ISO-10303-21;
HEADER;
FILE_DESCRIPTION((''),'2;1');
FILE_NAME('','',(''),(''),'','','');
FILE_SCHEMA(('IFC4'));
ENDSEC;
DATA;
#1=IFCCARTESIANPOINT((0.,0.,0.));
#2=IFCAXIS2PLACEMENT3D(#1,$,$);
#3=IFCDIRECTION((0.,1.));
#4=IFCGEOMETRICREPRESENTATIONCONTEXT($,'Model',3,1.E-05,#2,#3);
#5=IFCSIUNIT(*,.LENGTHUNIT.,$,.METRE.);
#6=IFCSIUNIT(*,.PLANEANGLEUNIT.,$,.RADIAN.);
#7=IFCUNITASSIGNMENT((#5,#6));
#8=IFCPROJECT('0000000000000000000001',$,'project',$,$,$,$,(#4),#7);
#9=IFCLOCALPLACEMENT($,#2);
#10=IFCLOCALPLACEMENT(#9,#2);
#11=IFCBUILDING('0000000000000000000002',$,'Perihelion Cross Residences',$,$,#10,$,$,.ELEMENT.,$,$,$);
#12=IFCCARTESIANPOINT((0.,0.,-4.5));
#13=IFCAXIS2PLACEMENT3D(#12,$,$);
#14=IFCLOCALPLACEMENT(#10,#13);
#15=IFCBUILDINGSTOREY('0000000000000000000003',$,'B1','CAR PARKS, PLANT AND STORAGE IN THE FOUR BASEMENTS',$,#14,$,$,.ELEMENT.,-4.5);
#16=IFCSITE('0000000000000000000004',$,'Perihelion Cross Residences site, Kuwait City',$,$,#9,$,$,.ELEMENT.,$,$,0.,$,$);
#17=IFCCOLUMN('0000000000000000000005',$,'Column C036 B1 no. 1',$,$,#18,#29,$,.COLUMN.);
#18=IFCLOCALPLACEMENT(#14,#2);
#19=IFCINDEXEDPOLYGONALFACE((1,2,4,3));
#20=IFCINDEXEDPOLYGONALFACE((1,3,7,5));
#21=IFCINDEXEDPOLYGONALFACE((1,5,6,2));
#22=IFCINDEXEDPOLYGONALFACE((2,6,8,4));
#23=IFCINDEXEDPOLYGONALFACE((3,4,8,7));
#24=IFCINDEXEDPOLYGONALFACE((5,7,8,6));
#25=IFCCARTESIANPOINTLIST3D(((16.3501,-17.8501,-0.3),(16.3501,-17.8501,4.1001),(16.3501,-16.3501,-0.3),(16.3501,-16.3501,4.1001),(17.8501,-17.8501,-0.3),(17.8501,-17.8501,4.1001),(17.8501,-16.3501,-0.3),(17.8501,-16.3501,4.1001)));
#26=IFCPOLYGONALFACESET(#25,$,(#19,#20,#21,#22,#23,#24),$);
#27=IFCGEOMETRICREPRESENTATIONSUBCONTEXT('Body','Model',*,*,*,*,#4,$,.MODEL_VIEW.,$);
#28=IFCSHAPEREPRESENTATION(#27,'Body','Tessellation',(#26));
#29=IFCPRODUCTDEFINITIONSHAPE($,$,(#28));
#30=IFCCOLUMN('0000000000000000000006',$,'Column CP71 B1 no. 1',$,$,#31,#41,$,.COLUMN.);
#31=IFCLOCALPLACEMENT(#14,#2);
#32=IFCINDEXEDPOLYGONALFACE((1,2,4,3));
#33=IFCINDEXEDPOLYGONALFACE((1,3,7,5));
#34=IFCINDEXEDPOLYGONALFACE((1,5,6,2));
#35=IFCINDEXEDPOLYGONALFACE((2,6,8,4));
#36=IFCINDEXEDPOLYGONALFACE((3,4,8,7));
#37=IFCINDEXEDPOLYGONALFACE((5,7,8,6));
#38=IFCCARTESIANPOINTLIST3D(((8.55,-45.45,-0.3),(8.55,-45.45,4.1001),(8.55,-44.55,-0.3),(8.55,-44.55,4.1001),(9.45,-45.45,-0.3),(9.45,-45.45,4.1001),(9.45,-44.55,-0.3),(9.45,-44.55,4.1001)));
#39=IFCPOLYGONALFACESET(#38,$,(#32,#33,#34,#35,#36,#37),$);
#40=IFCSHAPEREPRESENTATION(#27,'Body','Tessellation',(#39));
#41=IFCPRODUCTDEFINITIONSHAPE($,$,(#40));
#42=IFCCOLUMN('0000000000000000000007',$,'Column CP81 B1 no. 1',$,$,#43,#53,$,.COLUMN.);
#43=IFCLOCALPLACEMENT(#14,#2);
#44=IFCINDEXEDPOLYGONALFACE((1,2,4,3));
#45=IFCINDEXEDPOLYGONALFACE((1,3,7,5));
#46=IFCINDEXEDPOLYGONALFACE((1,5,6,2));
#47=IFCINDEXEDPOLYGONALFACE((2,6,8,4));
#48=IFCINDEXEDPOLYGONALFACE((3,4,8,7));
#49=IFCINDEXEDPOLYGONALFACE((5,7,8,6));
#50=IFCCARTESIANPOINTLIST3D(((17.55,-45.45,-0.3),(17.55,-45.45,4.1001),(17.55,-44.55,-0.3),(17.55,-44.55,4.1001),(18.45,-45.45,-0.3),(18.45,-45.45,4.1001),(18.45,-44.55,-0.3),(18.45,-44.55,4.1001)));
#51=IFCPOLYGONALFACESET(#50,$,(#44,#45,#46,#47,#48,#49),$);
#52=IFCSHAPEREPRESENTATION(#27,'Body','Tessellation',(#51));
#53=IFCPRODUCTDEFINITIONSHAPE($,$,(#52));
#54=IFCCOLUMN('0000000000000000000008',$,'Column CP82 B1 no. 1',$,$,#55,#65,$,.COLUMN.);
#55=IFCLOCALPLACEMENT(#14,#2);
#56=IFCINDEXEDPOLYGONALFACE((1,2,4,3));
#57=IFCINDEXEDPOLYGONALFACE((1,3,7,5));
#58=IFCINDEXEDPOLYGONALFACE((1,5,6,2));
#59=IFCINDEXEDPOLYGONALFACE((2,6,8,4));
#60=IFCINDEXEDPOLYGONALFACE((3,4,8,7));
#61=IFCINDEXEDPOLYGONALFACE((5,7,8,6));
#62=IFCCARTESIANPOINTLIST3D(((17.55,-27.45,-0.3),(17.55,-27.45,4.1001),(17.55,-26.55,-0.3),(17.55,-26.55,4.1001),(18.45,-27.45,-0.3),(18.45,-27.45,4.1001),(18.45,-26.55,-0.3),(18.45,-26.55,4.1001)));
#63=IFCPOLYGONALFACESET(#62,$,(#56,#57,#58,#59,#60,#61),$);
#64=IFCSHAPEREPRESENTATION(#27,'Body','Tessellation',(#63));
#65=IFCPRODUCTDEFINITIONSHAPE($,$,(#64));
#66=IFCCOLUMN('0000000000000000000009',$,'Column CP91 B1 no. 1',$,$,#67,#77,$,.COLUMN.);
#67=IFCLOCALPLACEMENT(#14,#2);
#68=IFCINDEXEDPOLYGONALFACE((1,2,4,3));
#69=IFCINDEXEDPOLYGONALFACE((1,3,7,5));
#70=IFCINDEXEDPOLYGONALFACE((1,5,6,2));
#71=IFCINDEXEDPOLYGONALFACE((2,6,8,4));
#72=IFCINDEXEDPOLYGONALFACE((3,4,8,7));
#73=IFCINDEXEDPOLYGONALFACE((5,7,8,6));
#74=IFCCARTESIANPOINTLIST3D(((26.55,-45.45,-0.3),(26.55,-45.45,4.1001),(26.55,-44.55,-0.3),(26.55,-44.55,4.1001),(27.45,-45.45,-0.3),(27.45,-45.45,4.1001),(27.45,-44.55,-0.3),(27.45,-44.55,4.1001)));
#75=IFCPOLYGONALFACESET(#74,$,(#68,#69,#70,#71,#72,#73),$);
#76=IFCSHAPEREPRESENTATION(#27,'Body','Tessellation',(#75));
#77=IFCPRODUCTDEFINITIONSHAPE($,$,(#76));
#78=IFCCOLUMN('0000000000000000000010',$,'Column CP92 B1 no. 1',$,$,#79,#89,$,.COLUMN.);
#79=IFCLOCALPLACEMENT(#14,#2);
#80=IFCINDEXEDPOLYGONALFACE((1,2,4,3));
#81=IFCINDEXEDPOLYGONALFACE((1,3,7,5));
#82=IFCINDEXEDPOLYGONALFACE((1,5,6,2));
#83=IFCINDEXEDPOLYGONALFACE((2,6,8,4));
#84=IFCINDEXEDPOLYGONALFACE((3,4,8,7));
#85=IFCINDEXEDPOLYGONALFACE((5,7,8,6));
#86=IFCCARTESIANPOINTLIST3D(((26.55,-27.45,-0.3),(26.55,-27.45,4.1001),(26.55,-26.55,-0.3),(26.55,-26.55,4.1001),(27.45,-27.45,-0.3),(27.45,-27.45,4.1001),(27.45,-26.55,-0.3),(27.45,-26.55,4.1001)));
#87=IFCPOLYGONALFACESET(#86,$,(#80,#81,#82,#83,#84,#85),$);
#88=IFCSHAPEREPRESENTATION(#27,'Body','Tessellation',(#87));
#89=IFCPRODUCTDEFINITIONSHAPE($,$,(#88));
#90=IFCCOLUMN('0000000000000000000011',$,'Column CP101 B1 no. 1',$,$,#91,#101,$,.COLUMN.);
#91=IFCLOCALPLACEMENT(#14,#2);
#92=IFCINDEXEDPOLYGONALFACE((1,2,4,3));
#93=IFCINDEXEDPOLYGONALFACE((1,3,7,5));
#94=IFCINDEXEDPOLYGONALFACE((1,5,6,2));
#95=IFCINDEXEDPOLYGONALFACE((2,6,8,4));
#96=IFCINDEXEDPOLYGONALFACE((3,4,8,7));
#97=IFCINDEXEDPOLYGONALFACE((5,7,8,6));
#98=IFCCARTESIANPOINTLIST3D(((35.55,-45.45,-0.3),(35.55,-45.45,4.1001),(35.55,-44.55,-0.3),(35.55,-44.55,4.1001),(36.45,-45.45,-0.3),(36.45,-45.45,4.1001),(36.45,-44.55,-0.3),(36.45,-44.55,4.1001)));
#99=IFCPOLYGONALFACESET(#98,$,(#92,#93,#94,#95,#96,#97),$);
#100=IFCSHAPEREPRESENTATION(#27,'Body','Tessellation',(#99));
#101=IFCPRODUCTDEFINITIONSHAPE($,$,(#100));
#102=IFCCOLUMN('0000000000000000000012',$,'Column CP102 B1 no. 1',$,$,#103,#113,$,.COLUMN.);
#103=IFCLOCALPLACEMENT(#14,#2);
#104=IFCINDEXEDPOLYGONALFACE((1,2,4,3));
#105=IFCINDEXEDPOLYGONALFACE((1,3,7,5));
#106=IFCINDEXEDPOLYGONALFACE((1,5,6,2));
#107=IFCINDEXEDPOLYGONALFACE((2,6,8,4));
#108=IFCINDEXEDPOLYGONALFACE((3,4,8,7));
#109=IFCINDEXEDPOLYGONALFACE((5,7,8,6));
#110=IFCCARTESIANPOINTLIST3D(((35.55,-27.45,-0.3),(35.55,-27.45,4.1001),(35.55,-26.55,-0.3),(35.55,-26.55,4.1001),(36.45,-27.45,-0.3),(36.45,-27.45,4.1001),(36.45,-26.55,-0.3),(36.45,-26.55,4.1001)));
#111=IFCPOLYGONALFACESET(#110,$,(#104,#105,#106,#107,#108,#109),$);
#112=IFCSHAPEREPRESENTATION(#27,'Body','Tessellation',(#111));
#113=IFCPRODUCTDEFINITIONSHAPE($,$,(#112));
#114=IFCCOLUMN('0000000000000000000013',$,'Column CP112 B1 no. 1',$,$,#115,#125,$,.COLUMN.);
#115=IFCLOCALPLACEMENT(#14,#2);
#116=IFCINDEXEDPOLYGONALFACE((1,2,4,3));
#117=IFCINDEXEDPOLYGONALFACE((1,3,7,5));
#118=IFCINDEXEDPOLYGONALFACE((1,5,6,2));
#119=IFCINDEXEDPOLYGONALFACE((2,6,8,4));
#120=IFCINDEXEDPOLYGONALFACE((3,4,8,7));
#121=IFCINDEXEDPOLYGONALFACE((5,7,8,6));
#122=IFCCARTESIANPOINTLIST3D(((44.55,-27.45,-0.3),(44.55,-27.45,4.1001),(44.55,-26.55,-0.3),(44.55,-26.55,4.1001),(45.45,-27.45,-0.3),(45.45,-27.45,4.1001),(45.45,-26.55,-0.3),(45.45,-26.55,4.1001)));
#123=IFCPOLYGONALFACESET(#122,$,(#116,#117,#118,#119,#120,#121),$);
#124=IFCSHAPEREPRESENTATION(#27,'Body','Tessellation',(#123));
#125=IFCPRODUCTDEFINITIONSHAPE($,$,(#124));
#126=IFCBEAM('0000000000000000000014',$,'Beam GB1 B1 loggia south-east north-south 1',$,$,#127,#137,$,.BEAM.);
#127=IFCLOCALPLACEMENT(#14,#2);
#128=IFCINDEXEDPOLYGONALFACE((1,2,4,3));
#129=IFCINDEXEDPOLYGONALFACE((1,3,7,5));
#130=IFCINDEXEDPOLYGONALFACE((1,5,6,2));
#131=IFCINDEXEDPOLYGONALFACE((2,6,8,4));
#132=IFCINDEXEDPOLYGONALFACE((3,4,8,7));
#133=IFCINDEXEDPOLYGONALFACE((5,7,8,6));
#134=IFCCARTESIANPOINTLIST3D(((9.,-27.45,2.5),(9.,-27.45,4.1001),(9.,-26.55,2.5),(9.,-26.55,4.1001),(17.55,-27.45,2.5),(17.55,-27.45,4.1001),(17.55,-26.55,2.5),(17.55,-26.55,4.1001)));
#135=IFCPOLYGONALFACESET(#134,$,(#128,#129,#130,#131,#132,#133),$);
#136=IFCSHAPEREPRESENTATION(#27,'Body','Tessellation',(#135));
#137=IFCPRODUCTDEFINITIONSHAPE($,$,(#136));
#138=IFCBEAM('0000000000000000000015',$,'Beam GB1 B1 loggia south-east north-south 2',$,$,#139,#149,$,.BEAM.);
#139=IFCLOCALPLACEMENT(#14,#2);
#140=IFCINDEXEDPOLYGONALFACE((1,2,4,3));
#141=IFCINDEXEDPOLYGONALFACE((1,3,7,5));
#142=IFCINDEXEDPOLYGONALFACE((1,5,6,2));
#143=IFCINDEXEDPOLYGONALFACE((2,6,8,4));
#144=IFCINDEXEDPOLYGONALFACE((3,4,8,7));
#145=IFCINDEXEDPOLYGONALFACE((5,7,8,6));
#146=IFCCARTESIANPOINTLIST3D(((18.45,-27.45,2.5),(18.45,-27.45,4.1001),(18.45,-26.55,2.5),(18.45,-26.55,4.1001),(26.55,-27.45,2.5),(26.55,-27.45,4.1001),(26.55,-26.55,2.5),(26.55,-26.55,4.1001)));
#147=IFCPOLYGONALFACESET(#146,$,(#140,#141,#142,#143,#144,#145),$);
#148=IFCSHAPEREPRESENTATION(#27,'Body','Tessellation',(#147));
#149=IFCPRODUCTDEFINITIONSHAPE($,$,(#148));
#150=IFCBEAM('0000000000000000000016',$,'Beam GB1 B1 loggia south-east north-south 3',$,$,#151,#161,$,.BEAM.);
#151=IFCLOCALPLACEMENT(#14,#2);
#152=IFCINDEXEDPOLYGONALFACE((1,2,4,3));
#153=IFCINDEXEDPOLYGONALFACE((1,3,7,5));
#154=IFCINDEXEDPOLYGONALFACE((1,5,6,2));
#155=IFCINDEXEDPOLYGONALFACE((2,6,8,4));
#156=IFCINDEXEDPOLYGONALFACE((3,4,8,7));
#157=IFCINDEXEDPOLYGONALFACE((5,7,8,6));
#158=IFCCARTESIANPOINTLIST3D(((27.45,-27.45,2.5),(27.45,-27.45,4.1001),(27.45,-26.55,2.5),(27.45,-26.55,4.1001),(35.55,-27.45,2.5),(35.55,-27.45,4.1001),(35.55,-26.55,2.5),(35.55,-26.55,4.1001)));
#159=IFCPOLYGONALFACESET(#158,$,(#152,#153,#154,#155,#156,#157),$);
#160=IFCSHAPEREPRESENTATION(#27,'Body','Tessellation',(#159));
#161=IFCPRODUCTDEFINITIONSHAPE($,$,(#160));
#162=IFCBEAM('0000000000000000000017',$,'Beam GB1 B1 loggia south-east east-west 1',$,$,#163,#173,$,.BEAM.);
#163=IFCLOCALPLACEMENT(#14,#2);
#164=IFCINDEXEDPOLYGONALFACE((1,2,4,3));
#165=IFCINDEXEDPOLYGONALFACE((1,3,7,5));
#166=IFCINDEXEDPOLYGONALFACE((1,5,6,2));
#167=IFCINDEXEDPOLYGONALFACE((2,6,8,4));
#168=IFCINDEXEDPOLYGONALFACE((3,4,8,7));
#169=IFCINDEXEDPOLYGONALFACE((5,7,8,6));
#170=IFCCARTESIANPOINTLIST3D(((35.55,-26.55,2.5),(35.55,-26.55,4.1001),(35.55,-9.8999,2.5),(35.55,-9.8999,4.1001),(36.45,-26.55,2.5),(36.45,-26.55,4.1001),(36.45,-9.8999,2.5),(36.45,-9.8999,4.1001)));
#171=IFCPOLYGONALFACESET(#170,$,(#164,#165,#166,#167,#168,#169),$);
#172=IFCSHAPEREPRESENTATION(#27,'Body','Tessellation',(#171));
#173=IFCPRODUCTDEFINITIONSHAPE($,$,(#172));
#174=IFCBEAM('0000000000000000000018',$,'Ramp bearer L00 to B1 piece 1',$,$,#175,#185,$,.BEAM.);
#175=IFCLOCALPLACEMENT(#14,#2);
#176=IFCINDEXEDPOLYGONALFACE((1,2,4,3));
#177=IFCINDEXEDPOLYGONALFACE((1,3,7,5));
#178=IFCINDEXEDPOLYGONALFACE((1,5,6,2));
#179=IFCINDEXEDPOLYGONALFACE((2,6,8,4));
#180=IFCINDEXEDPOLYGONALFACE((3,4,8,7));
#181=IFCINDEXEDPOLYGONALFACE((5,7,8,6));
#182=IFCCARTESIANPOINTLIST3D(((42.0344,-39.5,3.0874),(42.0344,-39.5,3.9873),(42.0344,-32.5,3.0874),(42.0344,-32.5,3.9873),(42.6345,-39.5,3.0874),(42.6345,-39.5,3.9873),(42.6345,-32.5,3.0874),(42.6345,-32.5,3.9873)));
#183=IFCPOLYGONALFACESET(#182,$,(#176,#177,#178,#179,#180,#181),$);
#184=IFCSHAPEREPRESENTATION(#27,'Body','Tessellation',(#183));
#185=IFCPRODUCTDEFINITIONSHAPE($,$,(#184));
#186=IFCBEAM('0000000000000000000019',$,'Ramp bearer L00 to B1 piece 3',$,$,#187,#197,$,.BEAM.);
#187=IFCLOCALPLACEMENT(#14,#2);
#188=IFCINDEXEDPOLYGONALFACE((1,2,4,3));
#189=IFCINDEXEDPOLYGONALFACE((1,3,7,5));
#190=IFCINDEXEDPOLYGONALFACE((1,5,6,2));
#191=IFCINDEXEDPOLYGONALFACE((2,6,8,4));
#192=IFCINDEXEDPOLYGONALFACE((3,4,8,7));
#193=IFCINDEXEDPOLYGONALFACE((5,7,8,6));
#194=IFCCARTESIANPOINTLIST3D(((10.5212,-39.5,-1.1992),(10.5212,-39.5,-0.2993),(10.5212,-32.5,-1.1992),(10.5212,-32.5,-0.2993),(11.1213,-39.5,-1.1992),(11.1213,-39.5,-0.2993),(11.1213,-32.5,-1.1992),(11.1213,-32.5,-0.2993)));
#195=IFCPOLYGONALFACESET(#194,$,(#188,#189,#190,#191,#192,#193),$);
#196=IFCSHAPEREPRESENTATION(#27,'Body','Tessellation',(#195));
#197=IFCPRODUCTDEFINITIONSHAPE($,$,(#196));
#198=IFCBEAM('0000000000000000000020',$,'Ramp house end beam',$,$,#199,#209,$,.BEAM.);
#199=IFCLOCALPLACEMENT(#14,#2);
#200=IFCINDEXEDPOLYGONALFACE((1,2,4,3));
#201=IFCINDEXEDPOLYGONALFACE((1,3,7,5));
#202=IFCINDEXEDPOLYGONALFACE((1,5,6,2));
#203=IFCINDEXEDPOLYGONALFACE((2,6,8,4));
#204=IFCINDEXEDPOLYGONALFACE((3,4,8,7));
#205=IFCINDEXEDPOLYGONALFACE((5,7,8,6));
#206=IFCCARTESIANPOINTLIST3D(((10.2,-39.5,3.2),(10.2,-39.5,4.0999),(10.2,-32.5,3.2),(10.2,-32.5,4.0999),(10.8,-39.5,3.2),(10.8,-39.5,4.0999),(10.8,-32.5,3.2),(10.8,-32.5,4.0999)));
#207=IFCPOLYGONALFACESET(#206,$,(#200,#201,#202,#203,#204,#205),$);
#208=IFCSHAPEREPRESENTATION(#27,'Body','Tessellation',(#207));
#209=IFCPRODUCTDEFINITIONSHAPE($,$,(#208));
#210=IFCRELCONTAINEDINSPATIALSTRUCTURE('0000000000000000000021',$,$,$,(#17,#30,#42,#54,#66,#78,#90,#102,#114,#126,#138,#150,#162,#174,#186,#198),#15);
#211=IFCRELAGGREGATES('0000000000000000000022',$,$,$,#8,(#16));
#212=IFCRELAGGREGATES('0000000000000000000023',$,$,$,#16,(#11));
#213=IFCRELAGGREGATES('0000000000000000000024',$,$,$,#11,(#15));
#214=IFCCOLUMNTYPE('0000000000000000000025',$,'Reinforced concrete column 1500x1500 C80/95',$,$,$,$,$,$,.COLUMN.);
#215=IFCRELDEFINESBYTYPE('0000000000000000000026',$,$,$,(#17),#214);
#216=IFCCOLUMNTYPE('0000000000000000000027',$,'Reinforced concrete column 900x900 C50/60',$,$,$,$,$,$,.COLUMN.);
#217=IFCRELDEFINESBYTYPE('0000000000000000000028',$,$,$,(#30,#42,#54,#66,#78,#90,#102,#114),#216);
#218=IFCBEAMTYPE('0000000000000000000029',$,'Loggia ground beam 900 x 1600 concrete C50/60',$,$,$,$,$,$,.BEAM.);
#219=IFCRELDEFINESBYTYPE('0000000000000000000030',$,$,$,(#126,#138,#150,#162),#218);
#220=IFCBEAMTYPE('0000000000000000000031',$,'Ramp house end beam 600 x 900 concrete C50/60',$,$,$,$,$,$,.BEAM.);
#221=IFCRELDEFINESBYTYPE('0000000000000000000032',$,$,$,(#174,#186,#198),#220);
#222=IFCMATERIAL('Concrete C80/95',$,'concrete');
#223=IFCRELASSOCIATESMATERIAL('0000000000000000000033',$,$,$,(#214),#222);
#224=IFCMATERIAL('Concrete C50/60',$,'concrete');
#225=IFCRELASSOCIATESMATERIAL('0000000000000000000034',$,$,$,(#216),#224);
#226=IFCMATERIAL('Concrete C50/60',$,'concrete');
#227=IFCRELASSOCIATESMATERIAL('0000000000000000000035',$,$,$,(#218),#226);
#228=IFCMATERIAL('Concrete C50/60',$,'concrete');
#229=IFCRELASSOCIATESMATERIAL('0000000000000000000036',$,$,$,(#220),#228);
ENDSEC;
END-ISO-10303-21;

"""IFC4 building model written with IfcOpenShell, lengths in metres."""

from ifc_helpers import new_model, si_unit, direction, frame, origin, origin_2d, place, context, subcontext, project, spatial, rectangle, extrude, material, material_profile, profile_set, type_object, element, save


model = new_model("IFC4")

# Units and contexts
model_context = context("Model", 3, precision=1e-05, world=origin(), true_north=direction((0.0, 1.0)))
body_context = subcontext(model_context, "Body", "Model", "MODEL_VIEW")
ifc_project = project(units=[si_unit("LENGTHUNIT", "METRE"), si_unit("PLANEANGLEUNIT", "RADIAN")], contexts=[model_context])

# Site, building, storey
site_placement = place(None, origin())
site = spatial("IfcSite", under=ifc_project, at=site_placement, Name="Perihelion Cross Residences site, Kuwait City", CompositionType="ELEMENT", RefElevation=0.0)
building_placement = place(site_placement, origin())
building = spatial("IfcBuilding", under=site, at=building_placement, Name="Perihelion Cross Residences", CompositionType="ELEMENT")
storey_placement = place(building_placement, frame((0.0, 0.0, -4.5)))
storey = spatial("IfcBuildingStorey", under=building, at=storey_placement, Name="B1", Description="CAR PARKS, PLANT AND STORAGE IN THE FOUR BASEMENTS", CompositionType="ELEMENT", Elevation=-4.5)

# Columns
ifc_material_1 = material(Name="Concrete C80/95", Category="concrete")
ifc_material_profile_1 = material_profile(ifc_material_1, rectangle(XDim=1.5, YDim=1.5, at=origin_2d()), Name="RC 1500x1500")
ifc_profile_set_1 = profile_set([ifc_material_profile_1], Name="Concrete C80/95")
column_type_1 = type_object("IfcColumnType", Name="Reinforced concrete column 1500x1500 C80/95", PredefinedType="COLUMN", material=ifc_profile_set_1)
column_placement = place(storey_placement, frame((17.1001, -17.1001, -0.3), z_axis=(0.0, 0.0, 1.0), x_axis=(1.0, 0.0, 0.0)))
element("IfcColumn", 1, at=column_placement, inside=storey, type_object=column_type_1, Name="Column C036 B1 no. 1", PredefinedType="COLUMN", context=body_context, shape_type="SweptSolid", body=[
    extrude(rectangle(XDim=1.5, YDim=1.5, at=origin_2d()), origin(), (0.0, 0.0, 1.0), 4.4001),
])
ifc_material_2 = material(Name="Concrete C50/60", Category="concrete")
ifc_material_profile_2 = material_profile(ifc_material_2, rectangle(XDim=0.8999, YDim=0.8999, at=origin_2d()), Name="RC 900x900")
ifc_profile_set_2 = profile_set([ifc_material_profile_2], Name="Concrete C50/60")
column_type_2 = type_object("IfcColumnType", Name="Reinforced concrete column 900x900 C50/60", PredefinedType="COLUMN", material=ifc_profile_set_2)
for number, where, z_axis, x_axis, name in (
    (2, (9.0, -45.0, -0.3), (0.0, 0.0, 1.0), (1.0, 0.0, 0.0), "Column CP71 B1 no. 1"),
    (3, (18.0, -45.0, -0.3), (0.0, 0.0, 1.0), (1.0, 0.0, 0.0), "Column CP81 B1 no. 1"),
    (4, (18.0, -27.0, -0.3), (0.0, 0.0, 1.0), (1.0, 0.0, 0.0), "Column CP82 B1 no. 1"),
    (5, (27.0, -45.0, -0.3), (0.0, 0.0, 1.0), (1.0, 0.0, 0.0), "Column CP91 B1 no. 1"),
    (6, (27.0, -27.0, -0.3), (0.0, 0.0, 1.0), (1.0, 0.0, 0.0), "Column CP92 B1 no. 1"),
    (7, (36.0, -45.0, -0.3), (0.0, 0.0, 1.0), (1.0, 0.0, 0.0), "Column CP101 B1 no. 1"),
    (8, (36.0, -27.0, -0.3), (0.0, 0.0, 1.0), (1.0, 0.0, 0.0), "Column CP102 B1 no. 1"),
    (9, (45.0, -27.0, -0.3), (0.0, 0.0, 1.0), (1.0, 0.0, 0.0), "Column CP112 B1 no. 1"),
):
    element("IfcColumn", number, at=place(storey_placement, frame(where, z_axis=z_axis, x_axis=x_axis)), inside=storey, type_object=column_type_2, Name=name, PredefinedType="COLUMN", context=body_context, shape_type="SweptSolid", body=[
        extrude(rectangle(XDim=0.8999, YDim=0.8999, at=origin_2d()), origin(), (0.0, 0.0, 1.0), 4.4001),
    ])

# Beams
ifc_material_3 = material(Name="Concrete C50/60", Category="concrete")
ifc_material_profile_3 = material_profile(ifc_material_3, rectangle(XDim=0.8999, YDim=1.6001, at=origin_2d()), Name="RC 900x1600")
ifc_profile_set_3 = profile_set([ifc_material_profile_3], Name="Concrete C50/60")
beam_type_1 = type_object("IfcBeamType", Name="Loggia ground beam 900 x 1600 concrete C50/60", PredefinedType="BEAM", material=ifc_profile_set_3)
beam_1_placement = place(storey_placement, frame((9.0, -27.0, 3.3), z_axis=(1.0, 0.0, 0.0), x_axis=(0.0, 1.0, 0.0)))
element("IfcBeam", 10, at=beam_1_placement, inside=storey, type_object=beam_type_1, Name="Beam GB1 B1 loggia south-east north-south 1", PredefinedType="BEAM", context=body_context, shape_type="SweptSolid", body=[
    extrude(rectangle(XDim=0.8999, YDim=1.6001, at=origin_2d()), origin(), (0.0, 0.0, 1.0), 8.55),
])
for number, where, z_axis, x_axis, name in (
    (11, (18.45, -27.0, 3.3), (1.0, 0.0, 0.0), (0.0, 1.0, 0.0), "Beam GB1 B1 loggia south-east north-south 2"),
    (12, (27.45, -27.0, 3.3), (1.0, 0.0, 0.0), (0.0, 1.0, 0.0), "Beam GB1 B1 loggia south-east north-south 3"),
):
    element("IfcBeam", number, at=place(storey_placement, frame(where, z_axis=z_axis, x_axis=x_axis)), inside=storey, type_object=beam_type_1, Name=name, PredefinedType="BEAM", context=body_context, shape_type="SweptSolid", body=[
        extrude(rectangle(XDim=0.8999, YDim=1.6001, at=origin_2d()), origin(), (0.0, 0.0, 1.0), 8.1001),
    ])
beam_2_placement = place(storey_placement, frame((36.0, -9.8999, 3.3), z_axis=(0.0, -1.0, 0.0), x_axis=(1.0, 0.0, 0.0)))
element("IfcBeam", 13, at=beam_2_placement, inside=storey, type_object=beam_type_1, Name="Beam GB1 B1 loggia south-east east-west 1", PredefinedType="BEAM", context=body_context, shape_type="SweptSolid", body=[
    extrude(rectangle(XDim=0.8999, YDim=1.6001, at=origin_2d()), origin(), (0.0, 0.0, 1.0), 16.6501),
])
ifc_material_4 = material(Name="Concrete C50/60", Category="concrete")
ifc_material_profile_4 = material_profile(ifc_material_4, rectangle(XDim=0.6001, YDim=0.8999, at=origin_2d()), Name="RC 600x900")
ifc_profile_set_4 = profile_set([ifc_material_profile_4], Name="Concrete C50/60")
beam_type_2 = type_object("IfcBeamType", Name="Ramp house end beam 600 x 900 concrete C50/60", PredefinedType="BEAM", material=ifc_profile_set_4)
for number, where, z_axis, x_axis, name in (
    (14, (42.3345, -39.5, 3.5374), (0.0, 1.0, 0.0), (-1.0, 0.0, 0.0), "Ramp bearer L00 to B1 piece 1"),
    (15, (10.8213, -39.5, -0.7493), (0.0, 1.0, 0.0), (-1.0, 0.0, 0.0), "Ramp bearer L00 to B1 piece 3"),
    (16, (10.5, -39.5, 3.6499), (0.0, 1.0, 0.0), (-1.0, 0.0, 0.0), "Ramp house end beam"),
):
    element("IfcBeam", number, at=place(storey_placement, frame(where, z_axis=z_axis, x_axis=x_axis)), inside=storey, type_object=beam_type_2, Name=name, PredefinedType="BEAM", context=body_context, shape_type="SweptSolid", body=[
        extrude(rectangle(XDim=0.6001, YDim=0.8999, at=origin_2d()), origin(), (0.0, 0.0, 1.0), 7.0),
    ])

save(model, "model.ifc")
